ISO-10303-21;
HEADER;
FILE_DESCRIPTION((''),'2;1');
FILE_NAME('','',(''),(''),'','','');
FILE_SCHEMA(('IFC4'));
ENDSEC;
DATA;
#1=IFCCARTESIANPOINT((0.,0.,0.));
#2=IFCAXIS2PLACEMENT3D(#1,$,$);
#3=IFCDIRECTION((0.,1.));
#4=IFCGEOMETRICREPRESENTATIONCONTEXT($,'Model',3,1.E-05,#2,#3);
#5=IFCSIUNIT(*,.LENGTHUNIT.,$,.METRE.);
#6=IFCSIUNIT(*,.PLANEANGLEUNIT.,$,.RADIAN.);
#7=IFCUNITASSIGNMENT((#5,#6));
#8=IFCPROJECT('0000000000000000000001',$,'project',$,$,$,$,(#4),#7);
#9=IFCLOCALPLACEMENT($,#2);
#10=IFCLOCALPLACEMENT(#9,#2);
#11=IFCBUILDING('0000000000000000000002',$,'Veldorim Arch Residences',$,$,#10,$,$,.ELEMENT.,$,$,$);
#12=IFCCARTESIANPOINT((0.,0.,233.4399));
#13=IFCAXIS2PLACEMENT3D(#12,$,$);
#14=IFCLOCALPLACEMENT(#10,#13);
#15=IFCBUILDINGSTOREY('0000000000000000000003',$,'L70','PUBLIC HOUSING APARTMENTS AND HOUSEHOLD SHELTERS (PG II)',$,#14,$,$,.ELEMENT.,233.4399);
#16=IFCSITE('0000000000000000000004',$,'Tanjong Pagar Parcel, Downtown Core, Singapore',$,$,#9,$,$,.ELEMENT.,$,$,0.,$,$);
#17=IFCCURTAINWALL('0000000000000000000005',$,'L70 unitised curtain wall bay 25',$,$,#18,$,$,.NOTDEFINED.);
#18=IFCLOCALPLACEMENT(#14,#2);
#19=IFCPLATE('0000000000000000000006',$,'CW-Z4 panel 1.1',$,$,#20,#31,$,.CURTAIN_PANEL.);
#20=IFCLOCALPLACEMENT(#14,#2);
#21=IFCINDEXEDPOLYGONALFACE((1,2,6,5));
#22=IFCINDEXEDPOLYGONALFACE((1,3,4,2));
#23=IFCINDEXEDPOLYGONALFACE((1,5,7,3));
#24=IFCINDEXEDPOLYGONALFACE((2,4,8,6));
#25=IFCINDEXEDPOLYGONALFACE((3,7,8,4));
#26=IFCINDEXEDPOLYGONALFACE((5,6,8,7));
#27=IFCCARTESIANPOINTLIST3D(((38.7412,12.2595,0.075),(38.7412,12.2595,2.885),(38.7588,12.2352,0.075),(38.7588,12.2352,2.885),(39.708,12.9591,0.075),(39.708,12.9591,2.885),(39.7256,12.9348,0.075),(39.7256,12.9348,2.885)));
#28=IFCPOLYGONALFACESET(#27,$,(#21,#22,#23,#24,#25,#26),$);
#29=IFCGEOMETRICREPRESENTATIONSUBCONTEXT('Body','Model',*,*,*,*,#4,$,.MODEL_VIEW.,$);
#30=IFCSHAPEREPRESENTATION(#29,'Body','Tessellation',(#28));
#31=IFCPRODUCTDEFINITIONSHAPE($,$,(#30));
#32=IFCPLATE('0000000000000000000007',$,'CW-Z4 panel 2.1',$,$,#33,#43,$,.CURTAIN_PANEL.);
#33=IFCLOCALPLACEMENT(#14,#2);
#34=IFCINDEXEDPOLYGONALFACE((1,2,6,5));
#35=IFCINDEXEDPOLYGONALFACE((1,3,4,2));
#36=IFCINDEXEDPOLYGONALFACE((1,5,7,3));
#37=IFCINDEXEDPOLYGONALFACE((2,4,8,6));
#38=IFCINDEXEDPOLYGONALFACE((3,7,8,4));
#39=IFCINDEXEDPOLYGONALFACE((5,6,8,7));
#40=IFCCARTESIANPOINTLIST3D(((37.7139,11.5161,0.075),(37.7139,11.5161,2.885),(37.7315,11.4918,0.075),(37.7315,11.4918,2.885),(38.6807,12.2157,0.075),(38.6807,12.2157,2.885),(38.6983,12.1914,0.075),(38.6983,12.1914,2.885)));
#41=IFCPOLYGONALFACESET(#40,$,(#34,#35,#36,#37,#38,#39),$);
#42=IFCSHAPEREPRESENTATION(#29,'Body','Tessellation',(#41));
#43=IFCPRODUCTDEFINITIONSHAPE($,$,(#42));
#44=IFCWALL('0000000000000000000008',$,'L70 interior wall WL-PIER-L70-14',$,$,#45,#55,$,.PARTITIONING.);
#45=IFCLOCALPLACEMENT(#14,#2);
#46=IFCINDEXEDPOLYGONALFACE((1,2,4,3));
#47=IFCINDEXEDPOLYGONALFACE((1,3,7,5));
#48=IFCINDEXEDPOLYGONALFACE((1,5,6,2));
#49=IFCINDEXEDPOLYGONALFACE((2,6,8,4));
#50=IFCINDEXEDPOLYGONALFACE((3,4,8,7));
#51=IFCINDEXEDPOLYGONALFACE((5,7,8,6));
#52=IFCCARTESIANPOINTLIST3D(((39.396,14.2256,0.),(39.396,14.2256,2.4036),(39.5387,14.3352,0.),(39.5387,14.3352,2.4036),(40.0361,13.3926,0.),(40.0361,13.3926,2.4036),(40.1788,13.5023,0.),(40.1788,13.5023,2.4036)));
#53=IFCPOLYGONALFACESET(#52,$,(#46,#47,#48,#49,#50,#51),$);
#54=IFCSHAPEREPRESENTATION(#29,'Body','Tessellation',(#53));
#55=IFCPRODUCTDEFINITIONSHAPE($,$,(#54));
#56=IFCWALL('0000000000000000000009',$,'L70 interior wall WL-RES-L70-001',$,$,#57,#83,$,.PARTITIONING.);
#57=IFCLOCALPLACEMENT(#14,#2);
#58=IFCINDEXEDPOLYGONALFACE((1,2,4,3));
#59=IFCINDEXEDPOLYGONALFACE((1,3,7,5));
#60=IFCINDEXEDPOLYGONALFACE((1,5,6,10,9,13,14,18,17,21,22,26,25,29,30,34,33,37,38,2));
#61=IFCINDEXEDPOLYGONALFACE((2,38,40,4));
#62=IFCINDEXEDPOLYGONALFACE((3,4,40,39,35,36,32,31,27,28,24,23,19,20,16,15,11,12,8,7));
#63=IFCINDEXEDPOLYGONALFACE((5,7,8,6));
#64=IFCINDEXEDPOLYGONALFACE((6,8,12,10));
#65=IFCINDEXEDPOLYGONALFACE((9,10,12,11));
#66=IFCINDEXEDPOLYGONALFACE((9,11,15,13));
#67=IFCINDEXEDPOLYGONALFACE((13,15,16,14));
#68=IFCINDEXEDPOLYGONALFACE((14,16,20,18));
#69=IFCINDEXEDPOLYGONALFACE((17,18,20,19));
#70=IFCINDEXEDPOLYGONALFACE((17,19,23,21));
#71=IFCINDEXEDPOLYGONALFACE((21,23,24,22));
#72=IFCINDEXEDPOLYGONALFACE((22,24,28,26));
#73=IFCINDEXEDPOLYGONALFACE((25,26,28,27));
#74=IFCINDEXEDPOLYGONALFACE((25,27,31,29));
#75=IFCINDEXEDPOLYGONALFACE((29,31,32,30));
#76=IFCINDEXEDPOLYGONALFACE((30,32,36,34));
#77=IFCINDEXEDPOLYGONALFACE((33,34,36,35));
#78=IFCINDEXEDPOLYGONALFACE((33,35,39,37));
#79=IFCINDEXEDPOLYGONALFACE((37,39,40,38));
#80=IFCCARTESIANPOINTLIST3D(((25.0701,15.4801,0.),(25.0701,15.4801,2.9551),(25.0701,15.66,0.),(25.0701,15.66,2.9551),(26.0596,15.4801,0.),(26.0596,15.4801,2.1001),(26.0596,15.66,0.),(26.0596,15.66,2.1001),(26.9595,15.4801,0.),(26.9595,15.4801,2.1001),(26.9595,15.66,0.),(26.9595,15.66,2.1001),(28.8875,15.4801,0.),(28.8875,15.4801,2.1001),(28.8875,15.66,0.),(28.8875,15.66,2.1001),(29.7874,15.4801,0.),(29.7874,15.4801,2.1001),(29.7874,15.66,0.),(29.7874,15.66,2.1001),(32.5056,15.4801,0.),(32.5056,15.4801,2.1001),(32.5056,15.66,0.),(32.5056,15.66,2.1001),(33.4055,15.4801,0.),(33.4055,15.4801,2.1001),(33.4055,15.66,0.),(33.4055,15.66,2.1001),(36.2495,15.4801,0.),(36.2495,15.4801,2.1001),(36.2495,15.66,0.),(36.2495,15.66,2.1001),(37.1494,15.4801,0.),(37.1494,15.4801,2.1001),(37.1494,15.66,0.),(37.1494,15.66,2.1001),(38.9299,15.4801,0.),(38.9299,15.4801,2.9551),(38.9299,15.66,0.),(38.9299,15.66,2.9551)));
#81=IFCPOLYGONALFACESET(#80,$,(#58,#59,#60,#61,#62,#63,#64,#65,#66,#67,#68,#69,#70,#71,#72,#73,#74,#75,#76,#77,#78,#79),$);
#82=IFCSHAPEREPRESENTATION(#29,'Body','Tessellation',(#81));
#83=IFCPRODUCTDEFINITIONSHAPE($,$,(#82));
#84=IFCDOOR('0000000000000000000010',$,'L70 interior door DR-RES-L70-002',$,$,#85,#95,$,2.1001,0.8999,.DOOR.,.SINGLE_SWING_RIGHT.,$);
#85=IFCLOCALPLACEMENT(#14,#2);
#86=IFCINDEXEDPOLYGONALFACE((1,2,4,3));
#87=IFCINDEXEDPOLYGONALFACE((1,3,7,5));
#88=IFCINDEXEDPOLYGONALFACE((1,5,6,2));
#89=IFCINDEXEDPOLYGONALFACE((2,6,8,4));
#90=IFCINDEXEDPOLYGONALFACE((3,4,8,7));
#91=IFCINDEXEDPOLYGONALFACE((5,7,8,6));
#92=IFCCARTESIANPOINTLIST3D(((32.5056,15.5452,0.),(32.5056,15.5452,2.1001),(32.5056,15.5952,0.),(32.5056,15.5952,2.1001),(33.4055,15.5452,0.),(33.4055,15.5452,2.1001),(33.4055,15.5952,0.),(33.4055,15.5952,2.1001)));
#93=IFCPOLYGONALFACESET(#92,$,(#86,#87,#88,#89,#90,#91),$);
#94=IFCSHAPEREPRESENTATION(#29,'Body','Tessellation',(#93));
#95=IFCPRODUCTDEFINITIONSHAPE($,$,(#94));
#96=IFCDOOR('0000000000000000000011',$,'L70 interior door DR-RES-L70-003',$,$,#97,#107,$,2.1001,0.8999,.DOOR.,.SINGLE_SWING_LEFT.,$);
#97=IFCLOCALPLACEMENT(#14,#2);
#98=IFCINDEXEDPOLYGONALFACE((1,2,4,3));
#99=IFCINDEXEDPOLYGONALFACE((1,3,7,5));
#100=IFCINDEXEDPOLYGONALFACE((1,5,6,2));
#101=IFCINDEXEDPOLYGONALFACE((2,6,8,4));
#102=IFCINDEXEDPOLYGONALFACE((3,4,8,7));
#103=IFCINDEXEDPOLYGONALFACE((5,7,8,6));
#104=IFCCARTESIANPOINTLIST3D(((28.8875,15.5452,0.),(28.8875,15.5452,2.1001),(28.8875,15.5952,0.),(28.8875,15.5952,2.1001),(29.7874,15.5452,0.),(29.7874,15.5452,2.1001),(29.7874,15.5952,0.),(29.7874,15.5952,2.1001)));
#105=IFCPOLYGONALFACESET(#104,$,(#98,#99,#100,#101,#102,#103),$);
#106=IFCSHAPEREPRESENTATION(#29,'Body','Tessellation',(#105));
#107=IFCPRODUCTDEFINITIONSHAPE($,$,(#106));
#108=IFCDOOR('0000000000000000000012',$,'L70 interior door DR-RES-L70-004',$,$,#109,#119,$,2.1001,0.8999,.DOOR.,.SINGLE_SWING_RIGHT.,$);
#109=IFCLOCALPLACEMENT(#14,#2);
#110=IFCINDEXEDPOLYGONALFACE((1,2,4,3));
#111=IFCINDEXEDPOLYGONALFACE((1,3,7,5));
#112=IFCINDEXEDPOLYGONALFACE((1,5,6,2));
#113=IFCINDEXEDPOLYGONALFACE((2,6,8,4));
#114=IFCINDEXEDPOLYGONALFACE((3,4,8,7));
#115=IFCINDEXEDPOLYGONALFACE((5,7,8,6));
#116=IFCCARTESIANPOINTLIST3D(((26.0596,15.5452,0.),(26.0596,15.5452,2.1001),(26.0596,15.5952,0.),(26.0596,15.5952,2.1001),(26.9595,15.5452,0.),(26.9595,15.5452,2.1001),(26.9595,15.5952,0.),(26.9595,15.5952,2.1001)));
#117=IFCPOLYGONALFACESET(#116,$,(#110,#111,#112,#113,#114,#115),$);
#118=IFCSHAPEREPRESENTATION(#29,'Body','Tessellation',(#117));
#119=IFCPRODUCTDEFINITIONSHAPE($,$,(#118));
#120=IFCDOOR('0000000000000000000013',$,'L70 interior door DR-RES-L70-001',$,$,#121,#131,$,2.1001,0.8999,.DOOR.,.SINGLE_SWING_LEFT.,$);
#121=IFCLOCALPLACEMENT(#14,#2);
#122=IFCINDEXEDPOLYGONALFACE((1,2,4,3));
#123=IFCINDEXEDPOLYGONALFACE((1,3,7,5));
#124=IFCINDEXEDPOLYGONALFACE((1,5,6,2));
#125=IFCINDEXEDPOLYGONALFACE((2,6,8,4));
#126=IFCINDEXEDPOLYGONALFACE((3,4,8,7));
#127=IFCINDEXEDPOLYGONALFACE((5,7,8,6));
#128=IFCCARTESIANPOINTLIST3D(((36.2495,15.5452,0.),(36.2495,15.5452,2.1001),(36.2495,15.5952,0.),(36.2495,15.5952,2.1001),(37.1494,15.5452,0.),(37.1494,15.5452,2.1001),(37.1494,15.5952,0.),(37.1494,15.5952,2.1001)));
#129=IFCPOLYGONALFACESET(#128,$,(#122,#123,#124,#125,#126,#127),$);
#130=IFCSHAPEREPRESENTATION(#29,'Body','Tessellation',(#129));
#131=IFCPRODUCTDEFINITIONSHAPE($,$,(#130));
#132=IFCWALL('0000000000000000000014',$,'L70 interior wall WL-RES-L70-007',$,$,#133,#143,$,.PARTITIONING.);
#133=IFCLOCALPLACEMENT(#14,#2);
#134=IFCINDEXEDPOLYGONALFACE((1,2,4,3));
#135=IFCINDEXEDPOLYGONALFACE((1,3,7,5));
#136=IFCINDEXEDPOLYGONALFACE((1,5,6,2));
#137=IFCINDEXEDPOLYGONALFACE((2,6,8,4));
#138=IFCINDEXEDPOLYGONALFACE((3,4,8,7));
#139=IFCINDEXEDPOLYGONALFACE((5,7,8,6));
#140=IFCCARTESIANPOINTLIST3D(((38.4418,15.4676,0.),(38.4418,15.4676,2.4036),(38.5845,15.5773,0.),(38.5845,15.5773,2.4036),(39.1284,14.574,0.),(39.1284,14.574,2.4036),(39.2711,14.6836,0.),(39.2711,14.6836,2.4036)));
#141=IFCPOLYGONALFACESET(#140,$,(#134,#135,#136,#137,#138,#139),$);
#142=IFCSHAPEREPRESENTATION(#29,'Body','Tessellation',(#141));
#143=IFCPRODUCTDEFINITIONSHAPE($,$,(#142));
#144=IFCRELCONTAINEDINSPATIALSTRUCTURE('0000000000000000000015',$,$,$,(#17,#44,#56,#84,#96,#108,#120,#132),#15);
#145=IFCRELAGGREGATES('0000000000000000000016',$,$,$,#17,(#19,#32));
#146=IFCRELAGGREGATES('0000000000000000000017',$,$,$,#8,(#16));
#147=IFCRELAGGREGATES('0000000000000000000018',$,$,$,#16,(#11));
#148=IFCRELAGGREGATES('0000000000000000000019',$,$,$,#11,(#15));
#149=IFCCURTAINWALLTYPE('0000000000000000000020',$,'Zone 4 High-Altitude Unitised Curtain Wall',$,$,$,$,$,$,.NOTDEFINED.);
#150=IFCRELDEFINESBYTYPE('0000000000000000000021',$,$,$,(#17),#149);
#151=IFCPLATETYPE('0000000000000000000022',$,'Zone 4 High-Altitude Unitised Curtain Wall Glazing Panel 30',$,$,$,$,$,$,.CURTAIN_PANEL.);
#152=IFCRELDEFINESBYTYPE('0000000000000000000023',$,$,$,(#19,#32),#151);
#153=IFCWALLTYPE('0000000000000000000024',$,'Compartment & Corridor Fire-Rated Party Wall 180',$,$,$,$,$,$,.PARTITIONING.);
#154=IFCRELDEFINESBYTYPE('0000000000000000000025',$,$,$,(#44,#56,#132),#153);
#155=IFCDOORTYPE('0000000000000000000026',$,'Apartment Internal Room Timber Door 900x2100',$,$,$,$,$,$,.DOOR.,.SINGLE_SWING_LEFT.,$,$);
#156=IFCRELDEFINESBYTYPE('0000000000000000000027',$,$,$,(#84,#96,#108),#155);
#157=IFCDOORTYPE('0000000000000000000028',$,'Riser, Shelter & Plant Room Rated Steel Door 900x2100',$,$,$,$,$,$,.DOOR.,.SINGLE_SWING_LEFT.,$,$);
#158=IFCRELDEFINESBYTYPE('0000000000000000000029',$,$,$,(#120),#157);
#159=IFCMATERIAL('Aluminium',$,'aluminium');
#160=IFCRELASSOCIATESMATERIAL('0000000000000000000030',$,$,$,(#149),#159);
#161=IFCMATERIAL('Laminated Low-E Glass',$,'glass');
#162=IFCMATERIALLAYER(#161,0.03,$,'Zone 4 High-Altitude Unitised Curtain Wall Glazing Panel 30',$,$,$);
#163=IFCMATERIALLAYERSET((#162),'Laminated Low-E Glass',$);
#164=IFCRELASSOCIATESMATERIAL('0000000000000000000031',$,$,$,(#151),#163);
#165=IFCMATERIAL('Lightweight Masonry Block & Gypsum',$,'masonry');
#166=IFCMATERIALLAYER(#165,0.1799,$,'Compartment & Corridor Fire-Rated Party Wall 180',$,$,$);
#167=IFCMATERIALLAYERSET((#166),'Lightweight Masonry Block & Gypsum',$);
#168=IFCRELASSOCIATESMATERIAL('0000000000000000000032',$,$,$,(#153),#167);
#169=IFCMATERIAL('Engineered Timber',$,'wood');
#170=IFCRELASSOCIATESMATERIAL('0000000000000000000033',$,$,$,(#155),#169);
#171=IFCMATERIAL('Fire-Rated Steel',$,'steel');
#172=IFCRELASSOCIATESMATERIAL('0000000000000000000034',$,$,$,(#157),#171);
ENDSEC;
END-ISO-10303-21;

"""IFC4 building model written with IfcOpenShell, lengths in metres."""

from ifc_helpers import new_model, si_unit, direction, frame, frame_2d, origin, origin_2d, place, context, subcontext, project, spatial, rectangle, extrude, material, layer, layer_set, type_object, element, fill, aggregate, save


model = new_model("IFC4")

# Units and contexts
model_context = context("Model", 3, precision=1e-05, world=origin(), true_north=direction((0.0, 1.0)))
body_context = subcontext(model_context, "Body", "Model", "MODEL_VIEW")
ifc_project = project(units=[si_unit("LENGTHUNIT", "METRE"), si_unit("PLANEANGLEUNIT", "RADIAN")], contexts=[model_context])

# Site, building, storey
site_placement = place(None, origin())
site = spatial("IfcSite", under=ifc_project, at=site_placement, Name="Tanjong Pagar Parcel, Downtown Core, Singapore", CompositionType="ELEMENT", RefElevation=0.0)
building_placement = place(site_placement, origin())
building = spatial("IfcBuilding", under=site, at=building_placement, Name="Veldorim Arch Residences", CompositionType="ELEMENT")
storey_placement = place(building_placement, frame((0.0, 0.0, 233.4399)))
storey = spatial("IfcBuildingStorey", under=building, at=storey_placement, Name="L70", Description="PUBLIC HOUSING APARTMENTS AND HOUSEHOLD SHELTERS (PG II)", CompositionType="ELEMENT", Elevation=233.4399)

# Curtain wall, plates
ifc_material_1 = material(Name="Aluminium", Category="aluminium")
curtain_wall_type = type_object("IfcCurtainWallType", Name="Zone 4 High-Altitude Unitised Curtain Wall", PredefinedType="NOTDEFINED", material=ifc_material_1)
curtain_wall_placement = place(storey_placement, origin())
curtain_wall = element("IfcCurtainWall", 1, at=curtain_wall_placement, inside=storey, type_object=curtain_wall_type, Name="L70 unitised curtain wall bay 25", PredefinedType="NOTDEFINED")
ifc_material_2 = material(Name="Laminated Low-E Glass", Category="glass")
ifc_layer_1 = layer(ifc_material_2, 0.03, Name="Zone 4 High-Altitude Unitised Curtain Wall Glazing Panel 30")
ifc_layer_set_1 = layer_set([ifc_layer_1], Name="Laminated Low-E Glass")
plate_type = type_object("IfcPlateType", Name="Zone 4 High-Altitude Unitised Curtain Wall Glazing Panel 30", PredefinedType="CURTAIN_PANEL", material=ifc_layer_set_1)
plate_1_placement = place(storey_placement, frame((39.2334, 12.5972, 0.075), z_axis=(0.0, 0.0, 1.0), x_axis=(-0.810148, -0.586226, 0.0)))
plate_1 = element("IfcPlate", 2, at=plate_1_placement, type_object=plate_type, Name="CW-Z4 panel 1.1", PredefinedType="CURTAIN_PANEL", context=body_context, shape_type="SweptSolid", body=[
    extrude(rectangle(XDim=1.1934, YDim=0.03, at=origin_2d()), origin(), (0.0, 0.0, 1.0), 2.8101),
])
plate_2_placement = place(storey_placement, frame((38.2061, 11.8538, 0.075), z_axis=(0.0, 0.0, 1.0), x_axis=(-0.810148, -0.586226, 0.0)))
plate_2 = element("IfcPlate", 3, at=plate_2_placement, type_object=plate_type, Name="CW-Z4 panel 2.1", PredefinedType="CURTAIN_PANEL", context=body_context, shape_type="SweptSolid", body=[
    extrude(rectangle(XDim=1.1934, YDim=0.03, at=origin_2d()), origin(), (0.0, 0.0, 1.0), 2.8101),
])
aggregate(curtain_wall, [plate_1, plate_2])

# Wall
ifc_material_3 = material(Name="Lightweight Masonry Block & Gypsum", Category="masonry")
ifc_layer_2 = layer(ifc_material_3, 0.1799, Name="Compartment & Corridor Fire-Rated Party Wall 180")
ifc_layer_set_2 = layer_set([ifc_layer_2], Name="Lightweight Masonry Block & Gypsum")
wall_type_1 = type_object("IfcWallType", Name="Compartment & Corridor Fire-Rated Party Wall 180", PredefinedType="PARTITIONING", material=ifc_layer_set_2)
wall_1_placement = place(storey_placement, frame((39.4673, 14.2805, 0.0), z_axis=(0.0, 0.0, 1.0), x_axis=(0.609329, -0.792918, 0.0)))
element("IfcWall", 4, at=wall_1_placement, inside=storey, type_object=wall_type_1, Name="L70 interior wall WL-PIER-L70-14", PredefinedType="PARTITIONING", context=body_context, shape_type="SweptSolid", body=[
    extrude(rectangle(XDim=1.0505, YDim=0.1799, at=frame_2d((0.5254, 0.0))), origin(), (0.0, 0.0, 1.0), 2.4036),
])

# Wall, openings, doors
wall_2_placement = place(storey_placement, frame((38.9299, 15.5701, 0.0), z_axis=(0.0, 0.0, 1.0), x_axis=(-1.0, 0.0, 0.0)))
wall_2 = element("IfcWall", 5, at=wall_2_placement, inside=storey, type_object=wall_type_1, Name="L70 interior wall WL-RES-L70-001", PredefinedType="PARTITIONING", context=body_context, shape_type="SweptSolid", body=[
    extrude(rectangle(XDim=13.8599, YDim=0.1799, at=frame_2d((6.9299, 0.0))), origin(), (0.0, 0.0, 1.0), 2.9551),
])
opening_1_placement = place(wall_2_placement, frame((1.7805, 0.0, 0.0)))
opening_1 = element("IfcOpeningElement", 6, at=opening_1_placement, cuts=wall_2, PredefinedType="OPENING", context=body_context, shape_type="SweptSolid", body=[
    extrude(rectangle(XDim=0.8999, YDim=2.1001, at=frame_2d((0.45, 1.05))), frame((0.0, 0.0999, 0.0), z_axis=(0.0, -1.0, 0.0), x_axis=(1.0, 0.0, 0.0)), (0.0, 0.0, 1.0), 0.2),
])
opening_2_placement = place(wall_2_placement, frame((5.5244, 0.0, 0.0)))
opening_2 = element("IfcOpeningElement", 7, at=opening_2_placement, cuts=wall_2, PredefinedType="OPENING", context=body_context, shape_type="SweptSolid", body=[
    extrude(rectangle(XDim=0.8999, YDim=2.1001, at=frame_2d((0.45, 1.05))), frame((0.0, 0.0999, 0.0), z_axis=(0.0, -1.0, 0.0), x_axis=(1.0, 0.0, 0.0)), (0.0, 0.0, 1.0), 0.2),
])
opening_3_placement = place(wall_2_placement, frame((9.1426, 0.0, 0.0)))
opening_3 = element("IfcOpeningElement", 8, at=opening_3_placement, cuts=wall_2, PredefinedType="OPENING", context=body_context, shape_type="SweptSolid", body=[
    extrude(rectangle(XDim=0.8999, YDim=2.1001, at=frame_2d((0.45, 1.05))), frame((0.0, 0.0999, 0.0), z_axis=(0.0, -1.0, 0.0), x_axis=(1.0, 0.0, 0.0)), (0.0, 0.0, 1.0), 0.2),
])
opening_4_placement = place(wall_2_placement, frame((11.9705, 0.0, 0.0)))
opening_4 = element("IfcOpeningElement", 9, at=opening_4_placement, cuts=wall_2, PredefinedType="OPENING", context=body_context, shape_type="SweptSolid", body=[
    extrude(rectangle(XDim=0.8999, YDim=2.1001, at=frame_2d((0.45, 1.05))), frame((0.0, 0.0999, 0.0), z_axis=(0.0, -1.0, 0.0), x_axis=(1.0, 0.0, 0.0)), (0.0, 0.0, 1.0), 0.2),
])
ifc_material_4 = material(Name="Engineered Timber", Category="wood")
door_type_1 = type_object("IfcDoorType", Name="Apartment Internal Room Timber Door 900x2100", OperationType="SINGLE_SWING_LEFT", PredefinedType="DOOR", material=ifc_material_4)
door_1_placement = place(opening_2_placement, origin())
door_1 = element("IfcDoor", 10, at=door_1_placement, inside=storey, type_object=door_type_1, Name="L70 interior door DR-RES-L70-002", OperationType="SINGLE_SWING_RIGHT", OverallHeight=2.1001, OverallWidth=0.8999, PredefinedType="DOOR", context=body_context, shape_type="SweptSolid", body=[
    extrude(rectangle(XDim=0.8999, YDim=2.1001, at=frame_2d((0.45, 1.05))), frame((0.0, 0.0249, 0.0), z_axis=(0.0, -1.0, 0.0), x_axis=(1.0, 0.0, 0.0)), (0.0, 0.0, 1.0), 0.05),
])
fill(opening_2, door_1)
door_2_placement = place(opening_3_placement, origin())
door_2 = element("IfcDoor", 11, at=door_2_placement, inside=storey, type_object=door_type_1, Name="L70 interior door DR-RES-L70-003", OperationType="SINGLE_SWING_LEFT", OverallHeight=2.1001, OverallWidth=0.8999, PredefinedType="DOOR", context=body_context, shape_type="SweptSolid", body=[
    extrude(rectangle(XDim=0.8999, YDim=2.1001, at=frame_2d((0.45, 1.05))), frame((0.0, 0.0249, 0.0), z_axis=(0.0, -1.0, 0.0), x_axis=(1.0, 0.0, 0.0)), (0.0, 0.0, 1.0), 0.05),
])
fill(opening_3, door_2)
door_3_placement = place(opening_4_placement, origin())
door_3 = element("IfcDoor", 12, at=door_3_placement, inside=storey, type_object=door_type_1, Name="L70 interior door DR-RES-L70-004", OperationType="SINGLE_SWING_RIGHT", OverallHeight=2.1001, OverallWidth=0.8999, PredefinedType="DOOR", context=body_context, shape_type="SweptSolid", body=[
    extrude(rectangle(XDim=0.8999, YDim=2.1001, at=frame_2d((0.45, 1.05))), frame((0.0, 0.0249, 0.0), z_axis=(0.0, -1.0, 0.0), x_axis=(1.0, 0.0, 0.0)), (0.0, 0.0, 1.0), 0.05),
])
fill(opening_4, door_3)
ifc_material_5 = material(Name="Fire-Rated Steel", Category="steel")
door_type_2 = type_object("IfcDoorType", Name="Riser, Shelter & Plant Room Rated Steel Door 900x2100", OperationType="SINGLE_SWING_LEFT", PredefinedType="DOOR", material=ifc_material_5)
door_4_placement = place(opening_1_placement, origin())
door_4 = element("IfcDoor", 13, at=door_4_placement, inside=storey, type_object=door_type_2, Name="L70 interior door DR-RES-L70-001", OperationType="SINGLE_SWING_LEFT", OverallHeight=2.1001, OverallWidth=0.8999, PredefinedType="DOOR", context=body_context, shape_type="SweptSolid", body=[
    extrude(rectangle(XDim=0.8999, YDim=2.1001, at=frame_2d((0.45, 1.05))), frame((0.0, 0.0249, 0.0), z_axis=(0.0, -1.0, 0.0), x_axis=(1.0, 0.0, 0.0)), (0.0, 0.0, 1.0), 0.05),
])
fill(opening_1, door_4)

# Wall
wall_3_placement = place(storey_placement, frame((38.5132, 15.5225, 0.0), z_axis=(0.0, 0.0, 1.0), x_axis=(0.60925, -0.792978, 0.0)))
element("IfcWall", 14, at=wall_3_placement, inside=storey, type_object=wall_type_1, Name="L70 interior wall WL-RES-L70-007", PredefinedType="PARTITIONING", context=body_context, shape_type="SweptSolid", body=[
    extrude(rectangle(XDim=1.127, YDim=0.1799, at=frame_2d((0.5635, 0.0))), origin(), (0.0, 0.0, 1.0), 2.4036),
])

save(model, "model.ifc")
